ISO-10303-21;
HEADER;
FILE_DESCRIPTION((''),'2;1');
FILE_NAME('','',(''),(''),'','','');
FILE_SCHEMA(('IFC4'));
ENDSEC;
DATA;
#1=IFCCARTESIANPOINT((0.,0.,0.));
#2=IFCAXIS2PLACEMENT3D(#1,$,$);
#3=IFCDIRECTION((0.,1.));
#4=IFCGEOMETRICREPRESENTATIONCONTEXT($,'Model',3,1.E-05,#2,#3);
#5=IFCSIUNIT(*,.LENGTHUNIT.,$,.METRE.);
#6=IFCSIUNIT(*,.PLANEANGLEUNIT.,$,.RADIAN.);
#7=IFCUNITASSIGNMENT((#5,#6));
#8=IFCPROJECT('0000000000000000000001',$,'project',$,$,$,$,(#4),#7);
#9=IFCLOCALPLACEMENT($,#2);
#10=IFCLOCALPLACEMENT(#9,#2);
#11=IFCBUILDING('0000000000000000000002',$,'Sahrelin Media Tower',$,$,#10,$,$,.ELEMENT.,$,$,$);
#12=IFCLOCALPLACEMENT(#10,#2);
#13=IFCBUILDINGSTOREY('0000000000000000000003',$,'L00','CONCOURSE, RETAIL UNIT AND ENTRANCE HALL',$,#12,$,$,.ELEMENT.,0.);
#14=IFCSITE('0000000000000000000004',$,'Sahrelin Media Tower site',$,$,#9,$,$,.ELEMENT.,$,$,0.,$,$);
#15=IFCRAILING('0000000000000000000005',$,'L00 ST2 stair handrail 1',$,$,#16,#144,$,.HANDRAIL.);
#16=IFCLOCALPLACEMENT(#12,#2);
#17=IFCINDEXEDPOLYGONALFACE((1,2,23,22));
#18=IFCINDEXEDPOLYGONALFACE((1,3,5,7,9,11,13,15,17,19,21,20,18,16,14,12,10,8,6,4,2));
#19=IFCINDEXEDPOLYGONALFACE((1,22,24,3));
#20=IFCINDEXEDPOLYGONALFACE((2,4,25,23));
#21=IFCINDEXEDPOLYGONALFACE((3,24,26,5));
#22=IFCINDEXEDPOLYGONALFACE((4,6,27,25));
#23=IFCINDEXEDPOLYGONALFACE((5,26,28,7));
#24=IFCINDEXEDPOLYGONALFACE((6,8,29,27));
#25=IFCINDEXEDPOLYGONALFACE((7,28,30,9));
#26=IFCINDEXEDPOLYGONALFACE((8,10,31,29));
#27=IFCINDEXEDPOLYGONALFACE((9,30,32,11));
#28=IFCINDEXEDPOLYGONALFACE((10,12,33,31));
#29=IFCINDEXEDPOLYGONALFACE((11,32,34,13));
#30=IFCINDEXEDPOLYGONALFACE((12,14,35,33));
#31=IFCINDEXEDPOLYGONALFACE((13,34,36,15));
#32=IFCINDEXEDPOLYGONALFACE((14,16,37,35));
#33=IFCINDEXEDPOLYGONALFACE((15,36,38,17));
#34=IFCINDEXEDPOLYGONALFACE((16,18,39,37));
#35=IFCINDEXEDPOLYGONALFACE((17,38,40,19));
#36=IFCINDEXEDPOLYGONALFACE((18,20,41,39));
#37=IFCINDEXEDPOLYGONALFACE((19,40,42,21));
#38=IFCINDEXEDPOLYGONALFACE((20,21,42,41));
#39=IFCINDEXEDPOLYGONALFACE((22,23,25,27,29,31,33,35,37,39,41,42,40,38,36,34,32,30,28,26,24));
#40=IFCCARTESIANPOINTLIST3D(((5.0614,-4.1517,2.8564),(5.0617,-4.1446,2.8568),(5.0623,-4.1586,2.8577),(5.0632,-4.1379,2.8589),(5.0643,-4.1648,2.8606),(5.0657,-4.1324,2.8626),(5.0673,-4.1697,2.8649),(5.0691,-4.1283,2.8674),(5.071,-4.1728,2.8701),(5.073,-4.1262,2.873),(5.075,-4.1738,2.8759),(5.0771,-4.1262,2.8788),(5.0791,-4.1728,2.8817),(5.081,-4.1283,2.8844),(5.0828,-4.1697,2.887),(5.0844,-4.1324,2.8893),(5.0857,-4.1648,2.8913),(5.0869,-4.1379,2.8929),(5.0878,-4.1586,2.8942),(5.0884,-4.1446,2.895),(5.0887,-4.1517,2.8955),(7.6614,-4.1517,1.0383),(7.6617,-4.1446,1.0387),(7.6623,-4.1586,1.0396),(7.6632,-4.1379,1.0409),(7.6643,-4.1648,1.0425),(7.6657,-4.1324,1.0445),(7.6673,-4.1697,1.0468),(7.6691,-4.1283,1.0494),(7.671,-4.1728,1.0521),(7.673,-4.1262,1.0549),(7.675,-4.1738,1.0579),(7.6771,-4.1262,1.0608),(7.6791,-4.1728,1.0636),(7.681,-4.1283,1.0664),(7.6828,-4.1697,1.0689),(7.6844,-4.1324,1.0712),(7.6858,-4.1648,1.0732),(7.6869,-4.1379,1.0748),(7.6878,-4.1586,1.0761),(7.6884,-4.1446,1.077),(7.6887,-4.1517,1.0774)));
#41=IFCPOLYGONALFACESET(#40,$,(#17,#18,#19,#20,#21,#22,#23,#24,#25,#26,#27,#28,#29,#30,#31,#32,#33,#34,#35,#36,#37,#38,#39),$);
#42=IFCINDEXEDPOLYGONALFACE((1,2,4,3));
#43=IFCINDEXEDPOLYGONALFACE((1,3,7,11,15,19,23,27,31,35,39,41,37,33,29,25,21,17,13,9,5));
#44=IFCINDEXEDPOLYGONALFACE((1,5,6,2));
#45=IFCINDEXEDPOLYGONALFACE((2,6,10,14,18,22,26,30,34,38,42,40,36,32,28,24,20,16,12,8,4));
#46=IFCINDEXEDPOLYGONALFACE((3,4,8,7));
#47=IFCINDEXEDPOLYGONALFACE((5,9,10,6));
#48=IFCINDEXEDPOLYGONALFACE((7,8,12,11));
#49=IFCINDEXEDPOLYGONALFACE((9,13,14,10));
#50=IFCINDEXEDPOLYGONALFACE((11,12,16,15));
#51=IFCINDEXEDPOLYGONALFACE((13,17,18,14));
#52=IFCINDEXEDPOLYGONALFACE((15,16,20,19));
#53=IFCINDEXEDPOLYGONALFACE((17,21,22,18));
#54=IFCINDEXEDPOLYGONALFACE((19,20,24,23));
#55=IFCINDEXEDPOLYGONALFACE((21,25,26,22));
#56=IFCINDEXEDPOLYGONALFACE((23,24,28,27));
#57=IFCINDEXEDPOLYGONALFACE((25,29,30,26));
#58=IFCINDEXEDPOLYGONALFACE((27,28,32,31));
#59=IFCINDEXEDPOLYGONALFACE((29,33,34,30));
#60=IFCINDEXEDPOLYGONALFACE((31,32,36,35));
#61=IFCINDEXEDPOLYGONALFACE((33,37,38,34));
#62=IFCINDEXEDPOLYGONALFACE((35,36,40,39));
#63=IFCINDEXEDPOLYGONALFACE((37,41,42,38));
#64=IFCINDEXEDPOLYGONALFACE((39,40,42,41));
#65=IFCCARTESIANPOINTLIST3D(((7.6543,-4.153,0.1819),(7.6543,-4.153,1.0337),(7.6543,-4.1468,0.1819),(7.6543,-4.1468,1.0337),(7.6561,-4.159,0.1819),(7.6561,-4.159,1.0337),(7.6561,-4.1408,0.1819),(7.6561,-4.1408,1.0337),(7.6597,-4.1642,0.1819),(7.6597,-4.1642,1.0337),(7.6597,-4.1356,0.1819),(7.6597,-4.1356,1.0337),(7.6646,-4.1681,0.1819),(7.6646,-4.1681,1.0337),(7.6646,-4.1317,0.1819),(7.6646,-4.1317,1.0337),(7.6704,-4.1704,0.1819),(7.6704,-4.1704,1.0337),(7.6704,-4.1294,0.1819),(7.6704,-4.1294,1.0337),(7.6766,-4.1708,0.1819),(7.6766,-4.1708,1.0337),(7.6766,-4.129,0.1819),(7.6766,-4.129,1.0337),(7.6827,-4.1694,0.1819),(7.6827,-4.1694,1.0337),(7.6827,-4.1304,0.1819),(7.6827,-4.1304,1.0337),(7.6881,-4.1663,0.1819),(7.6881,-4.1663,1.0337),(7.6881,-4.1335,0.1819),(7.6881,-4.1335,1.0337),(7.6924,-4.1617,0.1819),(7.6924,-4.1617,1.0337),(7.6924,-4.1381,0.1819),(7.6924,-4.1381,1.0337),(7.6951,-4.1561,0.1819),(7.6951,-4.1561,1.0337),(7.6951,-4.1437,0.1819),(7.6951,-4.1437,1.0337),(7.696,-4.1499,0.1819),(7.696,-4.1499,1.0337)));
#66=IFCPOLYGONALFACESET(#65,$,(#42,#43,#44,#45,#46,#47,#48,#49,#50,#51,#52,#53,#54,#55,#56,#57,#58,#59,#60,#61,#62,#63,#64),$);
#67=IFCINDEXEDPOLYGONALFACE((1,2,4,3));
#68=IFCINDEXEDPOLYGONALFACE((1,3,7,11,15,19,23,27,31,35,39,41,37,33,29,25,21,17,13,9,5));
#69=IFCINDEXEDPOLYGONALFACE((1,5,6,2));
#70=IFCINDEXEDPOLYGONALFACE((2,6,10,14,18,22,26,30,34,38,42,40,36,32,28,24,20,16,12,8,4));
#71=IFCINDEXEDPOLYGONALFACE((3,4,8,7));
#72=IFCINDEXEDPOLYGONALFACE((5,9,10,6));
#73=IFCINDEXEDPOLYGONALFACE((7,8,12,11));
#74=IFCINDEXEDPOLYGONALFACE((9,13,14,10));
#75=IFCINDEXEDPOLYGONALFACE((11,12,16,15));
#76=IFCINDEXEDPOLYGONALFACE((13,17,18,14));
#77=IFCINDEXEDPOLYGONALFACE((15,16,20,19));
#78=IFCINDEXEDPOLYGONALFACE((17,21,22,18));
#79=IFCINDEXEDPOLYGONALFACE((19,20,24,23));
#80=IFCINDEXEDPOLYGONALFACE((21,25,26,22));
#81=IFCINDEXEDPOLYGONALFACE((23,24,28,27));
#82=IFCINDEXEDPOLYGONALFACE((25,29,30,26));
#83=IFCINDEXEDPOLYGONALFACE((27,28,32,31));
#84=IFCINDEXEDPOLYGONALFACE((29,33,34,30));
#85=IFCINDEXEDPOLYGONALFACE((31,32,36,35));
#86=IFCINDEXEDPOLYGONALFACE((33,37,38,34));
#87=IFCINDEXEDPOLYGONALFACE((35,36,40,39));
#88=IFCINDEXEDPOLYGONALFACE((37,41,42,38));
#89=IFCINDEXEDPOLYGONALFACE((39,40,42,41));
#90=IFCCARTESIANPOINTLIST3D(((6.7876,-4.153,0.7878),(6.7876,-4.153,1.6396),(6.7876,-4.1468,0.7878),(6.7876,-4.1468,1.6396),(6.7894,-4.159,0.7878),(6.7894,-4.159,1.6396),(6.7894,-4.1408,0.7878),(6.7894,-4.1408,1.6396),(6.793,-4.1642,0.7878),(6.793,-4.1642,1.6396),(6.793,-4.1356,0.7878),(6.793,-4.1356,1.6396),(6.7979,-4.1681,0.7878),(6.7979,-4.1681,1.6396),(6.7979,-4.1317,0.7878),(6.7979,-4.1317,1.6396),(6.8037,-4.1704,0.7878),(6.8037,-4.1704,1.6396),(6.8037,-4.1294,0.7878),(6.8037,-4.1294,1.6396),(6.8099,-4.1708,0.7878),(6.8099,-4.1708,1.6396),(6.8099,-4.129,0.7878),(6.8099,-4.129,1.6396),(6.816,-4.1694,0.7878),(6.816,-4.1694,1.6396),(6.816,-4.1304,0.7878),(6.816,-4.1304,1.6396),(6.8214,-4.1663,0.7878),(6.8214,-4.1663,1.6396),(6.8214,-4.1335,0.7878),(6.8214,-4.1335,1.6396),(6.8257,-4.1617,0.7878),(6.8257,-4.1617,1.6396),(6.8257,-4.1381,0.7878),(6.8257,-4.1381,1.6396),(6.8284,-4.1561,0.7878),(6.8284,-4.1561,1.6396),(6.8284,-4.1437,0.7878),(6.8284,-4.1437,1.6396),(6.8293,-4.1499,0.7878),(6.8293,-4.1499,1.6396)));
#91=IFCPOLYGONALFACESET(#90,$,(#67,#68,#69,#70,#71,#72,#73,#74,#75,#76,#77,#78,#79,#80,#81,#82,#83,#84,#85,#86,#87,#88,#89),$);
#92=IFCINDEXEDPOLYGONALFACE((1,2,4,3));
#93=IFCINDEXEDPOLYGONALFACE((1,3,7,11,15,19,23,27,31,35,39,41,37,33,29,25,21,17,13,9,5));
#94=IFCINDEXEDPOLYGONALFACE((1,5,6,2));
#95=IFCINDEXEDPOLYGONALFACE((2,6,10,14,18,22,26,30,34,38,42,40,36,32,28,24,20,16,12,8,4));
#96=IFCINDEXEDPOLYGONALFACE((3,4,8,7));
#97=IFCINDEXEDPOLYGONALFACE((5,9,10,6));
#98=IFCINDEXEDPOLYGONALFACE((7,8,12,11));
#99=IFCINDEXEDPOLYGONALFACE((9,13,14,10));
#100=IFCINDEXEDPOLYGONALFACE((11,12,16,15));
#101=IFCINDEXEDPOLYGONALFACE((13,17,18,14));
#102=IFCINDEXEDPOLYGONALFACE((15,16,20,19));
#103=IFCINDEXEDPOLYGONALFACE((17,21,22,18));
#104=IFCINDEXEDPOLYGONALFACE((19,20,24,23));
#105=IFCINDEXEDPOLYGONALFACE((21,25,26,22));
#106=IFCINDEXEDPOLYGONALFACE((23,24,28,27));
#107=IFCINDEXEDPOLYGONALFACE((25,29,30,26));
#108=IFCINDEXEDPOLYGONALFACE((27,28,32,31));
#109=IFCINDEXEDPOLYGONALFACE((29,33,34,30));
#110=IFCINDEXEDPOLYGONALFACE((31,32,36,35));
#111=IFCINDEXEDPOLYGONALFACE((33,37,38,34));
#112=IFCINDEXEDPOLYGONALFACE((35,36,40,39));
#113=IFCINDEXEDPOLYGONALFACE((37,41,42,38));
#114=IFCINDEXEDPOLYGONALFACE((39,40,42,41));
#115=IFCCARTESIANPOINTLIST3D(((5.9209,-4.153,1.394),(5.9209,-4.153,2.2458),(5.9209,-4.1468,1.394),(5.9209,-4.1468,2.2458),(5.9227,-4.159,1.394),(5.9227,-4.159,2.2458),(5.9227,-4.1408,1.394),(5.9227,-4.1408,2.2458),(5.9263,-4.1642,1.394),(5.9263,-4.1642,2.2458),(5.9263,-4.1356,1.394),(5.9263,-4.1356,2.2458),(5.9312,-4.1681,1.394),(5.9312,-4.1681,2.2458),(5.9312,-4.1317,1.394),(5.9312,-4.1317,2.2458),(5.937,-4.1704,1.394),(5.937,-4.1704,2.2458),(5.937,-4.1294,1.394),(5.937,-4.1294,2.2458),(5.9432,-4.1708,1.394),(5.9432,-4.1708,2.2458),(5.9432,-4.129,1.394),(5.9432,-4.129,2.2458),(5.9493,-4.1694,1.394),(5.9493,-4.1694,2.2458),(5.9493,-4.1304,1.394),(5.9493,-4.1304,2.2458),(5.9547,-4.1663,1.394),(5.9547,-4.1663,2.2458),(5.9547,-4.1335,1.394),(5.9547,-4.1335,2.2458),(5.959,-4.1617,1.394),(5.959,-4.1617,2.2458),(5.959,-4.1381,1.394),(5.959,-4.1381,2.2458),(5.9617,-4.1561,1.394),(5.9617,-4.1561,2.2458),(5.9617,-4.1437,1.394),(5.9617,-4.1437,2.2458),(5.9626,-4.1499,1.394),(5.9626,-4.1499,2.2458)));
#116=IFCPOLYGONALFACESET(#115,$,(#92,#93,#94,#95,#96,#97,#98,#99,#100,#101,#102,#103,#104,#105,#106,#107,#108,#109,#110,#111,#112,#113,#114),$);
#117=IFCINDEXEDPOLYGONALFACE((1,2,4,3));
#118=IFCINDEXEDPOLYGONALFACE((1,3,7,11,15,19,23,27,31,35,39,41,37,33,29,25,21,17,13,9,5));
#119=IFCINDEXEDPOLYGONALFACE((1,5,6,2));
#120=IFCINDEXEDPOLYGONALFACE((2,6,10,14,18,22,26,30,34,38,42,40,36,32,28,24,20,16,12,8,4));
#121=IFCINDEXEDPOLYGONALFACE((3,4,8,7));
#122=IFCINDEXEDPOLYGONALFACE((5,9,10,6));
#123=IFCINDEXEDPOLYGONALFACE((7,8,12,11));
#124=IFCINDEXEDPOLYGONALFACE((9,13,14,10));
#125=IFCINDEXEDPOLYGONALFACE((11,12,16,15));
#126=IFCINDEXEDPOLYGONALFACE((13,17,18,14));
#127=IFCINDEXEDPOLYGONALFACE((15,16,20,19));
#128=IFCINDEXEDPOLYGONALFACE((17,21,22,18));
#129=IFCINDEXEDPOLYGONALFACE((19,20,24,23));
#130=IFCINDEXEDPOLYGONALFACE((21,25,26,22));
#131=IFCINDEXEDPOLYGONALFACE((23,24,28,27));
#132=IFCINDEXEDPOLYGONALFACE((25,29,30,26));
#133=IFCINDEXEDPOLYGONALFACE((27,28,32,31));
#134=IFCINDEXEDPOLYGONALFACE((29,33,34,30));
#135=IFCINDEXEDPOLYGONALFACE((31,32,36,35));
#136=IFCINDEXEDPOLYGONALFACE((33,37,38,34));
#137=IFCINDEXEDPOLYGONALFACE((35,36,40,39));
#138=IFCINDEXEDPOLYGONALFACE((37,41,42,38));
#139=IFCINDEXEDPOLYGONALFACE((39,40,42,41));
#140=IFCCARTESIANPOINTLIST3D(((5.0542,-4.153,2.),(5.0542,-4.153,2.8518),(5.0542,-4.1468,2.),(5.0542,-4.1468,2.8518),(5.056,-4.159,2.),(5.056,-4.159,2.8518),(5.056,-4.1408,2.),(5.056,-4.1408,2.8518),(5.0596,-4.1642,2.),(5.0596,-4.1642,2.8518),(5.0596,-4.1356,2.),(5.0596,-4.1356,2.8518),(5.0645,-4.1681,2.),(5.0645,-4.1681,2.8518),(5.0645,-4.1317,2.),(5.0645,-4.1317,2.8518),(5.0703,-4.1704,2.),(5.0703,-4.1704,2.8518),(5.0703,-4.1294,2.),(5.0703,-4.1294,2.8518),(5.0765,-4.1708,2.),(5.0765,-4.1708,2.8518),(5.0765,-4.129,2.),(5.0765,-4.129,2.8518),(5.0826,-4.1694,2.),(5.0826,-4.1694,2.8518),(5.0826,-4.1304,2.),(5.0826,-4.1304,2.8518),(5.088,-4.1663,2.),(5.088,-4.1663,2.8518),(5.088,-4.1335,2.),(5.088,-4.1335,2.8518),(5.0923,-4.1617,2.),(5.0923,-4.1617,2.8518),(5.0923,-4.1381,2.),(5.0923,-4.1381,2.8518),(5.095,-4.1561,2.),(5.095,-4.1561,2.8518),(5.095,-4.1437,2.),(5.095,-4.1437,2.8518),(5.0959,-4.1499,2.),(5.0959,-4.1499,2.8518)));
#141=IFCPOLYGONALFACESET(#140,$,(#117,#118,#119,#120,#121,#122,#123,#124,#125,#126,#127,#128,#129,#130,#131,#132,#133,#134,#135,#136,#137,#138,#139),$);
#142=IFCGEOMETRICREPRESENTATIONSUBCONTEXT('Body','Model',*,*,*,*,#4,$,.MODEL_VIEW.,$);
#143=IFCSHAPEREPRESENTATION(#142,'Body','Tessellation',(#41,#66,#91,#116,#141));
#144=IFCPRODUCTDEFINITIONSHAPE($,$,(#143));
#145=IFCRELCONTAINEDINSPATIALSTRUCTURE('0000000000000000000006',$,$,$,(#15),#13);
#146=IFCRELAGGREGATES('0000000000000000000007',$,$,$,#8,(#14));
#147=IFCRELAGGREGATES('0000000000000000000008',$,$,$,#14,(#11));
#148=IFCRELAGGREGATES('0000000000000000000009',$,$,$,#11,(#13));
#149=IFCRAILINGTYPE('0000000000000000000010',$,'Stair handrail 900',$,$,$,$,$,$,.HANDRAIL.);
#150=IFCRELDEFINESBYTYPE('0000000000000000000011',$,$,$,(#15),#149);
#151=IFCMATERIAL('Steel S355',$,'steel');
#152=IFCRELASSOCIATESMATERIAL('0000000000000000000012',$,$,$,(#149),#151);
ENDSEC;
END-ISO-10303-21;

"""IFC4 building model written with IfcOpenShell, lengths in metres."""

from ifc_helpers import new_model, si_unit, direction, frame, origin, origin_2d, place, context, subcontext, project, spatial, circle, extrude, material, type_object, element, save


model = new_model("IFC4")

# Units and contexts
model_context = context("Model", 3, precision=1e-05, world=origin(), true_north=direction((0.0, 1.0)))
body_context = subcontext(model_context, "Body", "Model", "MODEL_VIEW")
ifc_project = project(units=[si_unit("LENGTHUNIT", "METRE"), si_unit("PLANEANGLEUNIT", "RADIAN")], contexts=[model_context])

# Site, building, storey
site_placement = place(None, origin())
site = spatial("IfcSite", under=ifc_project, at=site_placement, Name="Sahrelin Media Tower site", CompositionType="ELEMENT", RefElevation=0.0)
building_placement = place(site_placement, origin())
building = spatial("IfcBuilding", under=site, at=building_placement, Name="Sahrelin Media Tower", CompositionType="ELEMENT")
storey_placement = place(building_placement, origin())
storey = spatial("IfcBuildingStorey", under=building, at=storey_placement, Name="L00", Description="CONCOURSE, RETAIL UNIT AND ENTRANCE HALL", CompositionType="ELEMENT", Elevation=0.0)

# Shared definitions
ifc_material_1 = material(Name="Steel S355", Category="steel")

# Railing
railing_type_1 = type_object("IfcRailingType", Name="Stair handrail 900", PredefinedType="HANDRAIL", material=ifc_material_1)
railing_1_placement = place(storey_placement, frame((7.675, -4.1499, 0.1819)))
element("IfcRailing", 1, at=railing_1_placement, inside=storey, type_object=railing_type_1, Name="L00 ST2 stair handrail 1", PredefinedType="HANDRAIL", context=body_context, shape_type="SweptSolid", body=[
    extrude(circle(Radius=0.0239, at=origin_2d()), frame((0.0, 0.0, 0.876), z_axis=(-0.819521, 0.0, 0.573049), x_axis=(0.0, -1.0, 0.0)), (0.0, 0.0, 1.0), 3.1726),
    extrude(circle(Radius=0.021, at=origin_2d()), origin(), (0.0, 0.0, 1.0), 0.8518),
    extrude(circle(Radius=0.021, at=origin_2d()), frame((-0.8667, 0.0, 0.606)), (0.0, 0.0, 1.0), 0.8518),
    extrude(circle(Radius=0.021, at=origin_2d()), frame((-1.7334, 0.0, 1.2122)), (0.0, 0.0, 1.0), 0.8518),
    extrude(circle(Radius=0.021, at=origin_2d()), frame((-2.6001, 0.0, 1.8181)), (0.0, 0.0, 1.0), 0.8518),
])

save(model, "model.ifc")
